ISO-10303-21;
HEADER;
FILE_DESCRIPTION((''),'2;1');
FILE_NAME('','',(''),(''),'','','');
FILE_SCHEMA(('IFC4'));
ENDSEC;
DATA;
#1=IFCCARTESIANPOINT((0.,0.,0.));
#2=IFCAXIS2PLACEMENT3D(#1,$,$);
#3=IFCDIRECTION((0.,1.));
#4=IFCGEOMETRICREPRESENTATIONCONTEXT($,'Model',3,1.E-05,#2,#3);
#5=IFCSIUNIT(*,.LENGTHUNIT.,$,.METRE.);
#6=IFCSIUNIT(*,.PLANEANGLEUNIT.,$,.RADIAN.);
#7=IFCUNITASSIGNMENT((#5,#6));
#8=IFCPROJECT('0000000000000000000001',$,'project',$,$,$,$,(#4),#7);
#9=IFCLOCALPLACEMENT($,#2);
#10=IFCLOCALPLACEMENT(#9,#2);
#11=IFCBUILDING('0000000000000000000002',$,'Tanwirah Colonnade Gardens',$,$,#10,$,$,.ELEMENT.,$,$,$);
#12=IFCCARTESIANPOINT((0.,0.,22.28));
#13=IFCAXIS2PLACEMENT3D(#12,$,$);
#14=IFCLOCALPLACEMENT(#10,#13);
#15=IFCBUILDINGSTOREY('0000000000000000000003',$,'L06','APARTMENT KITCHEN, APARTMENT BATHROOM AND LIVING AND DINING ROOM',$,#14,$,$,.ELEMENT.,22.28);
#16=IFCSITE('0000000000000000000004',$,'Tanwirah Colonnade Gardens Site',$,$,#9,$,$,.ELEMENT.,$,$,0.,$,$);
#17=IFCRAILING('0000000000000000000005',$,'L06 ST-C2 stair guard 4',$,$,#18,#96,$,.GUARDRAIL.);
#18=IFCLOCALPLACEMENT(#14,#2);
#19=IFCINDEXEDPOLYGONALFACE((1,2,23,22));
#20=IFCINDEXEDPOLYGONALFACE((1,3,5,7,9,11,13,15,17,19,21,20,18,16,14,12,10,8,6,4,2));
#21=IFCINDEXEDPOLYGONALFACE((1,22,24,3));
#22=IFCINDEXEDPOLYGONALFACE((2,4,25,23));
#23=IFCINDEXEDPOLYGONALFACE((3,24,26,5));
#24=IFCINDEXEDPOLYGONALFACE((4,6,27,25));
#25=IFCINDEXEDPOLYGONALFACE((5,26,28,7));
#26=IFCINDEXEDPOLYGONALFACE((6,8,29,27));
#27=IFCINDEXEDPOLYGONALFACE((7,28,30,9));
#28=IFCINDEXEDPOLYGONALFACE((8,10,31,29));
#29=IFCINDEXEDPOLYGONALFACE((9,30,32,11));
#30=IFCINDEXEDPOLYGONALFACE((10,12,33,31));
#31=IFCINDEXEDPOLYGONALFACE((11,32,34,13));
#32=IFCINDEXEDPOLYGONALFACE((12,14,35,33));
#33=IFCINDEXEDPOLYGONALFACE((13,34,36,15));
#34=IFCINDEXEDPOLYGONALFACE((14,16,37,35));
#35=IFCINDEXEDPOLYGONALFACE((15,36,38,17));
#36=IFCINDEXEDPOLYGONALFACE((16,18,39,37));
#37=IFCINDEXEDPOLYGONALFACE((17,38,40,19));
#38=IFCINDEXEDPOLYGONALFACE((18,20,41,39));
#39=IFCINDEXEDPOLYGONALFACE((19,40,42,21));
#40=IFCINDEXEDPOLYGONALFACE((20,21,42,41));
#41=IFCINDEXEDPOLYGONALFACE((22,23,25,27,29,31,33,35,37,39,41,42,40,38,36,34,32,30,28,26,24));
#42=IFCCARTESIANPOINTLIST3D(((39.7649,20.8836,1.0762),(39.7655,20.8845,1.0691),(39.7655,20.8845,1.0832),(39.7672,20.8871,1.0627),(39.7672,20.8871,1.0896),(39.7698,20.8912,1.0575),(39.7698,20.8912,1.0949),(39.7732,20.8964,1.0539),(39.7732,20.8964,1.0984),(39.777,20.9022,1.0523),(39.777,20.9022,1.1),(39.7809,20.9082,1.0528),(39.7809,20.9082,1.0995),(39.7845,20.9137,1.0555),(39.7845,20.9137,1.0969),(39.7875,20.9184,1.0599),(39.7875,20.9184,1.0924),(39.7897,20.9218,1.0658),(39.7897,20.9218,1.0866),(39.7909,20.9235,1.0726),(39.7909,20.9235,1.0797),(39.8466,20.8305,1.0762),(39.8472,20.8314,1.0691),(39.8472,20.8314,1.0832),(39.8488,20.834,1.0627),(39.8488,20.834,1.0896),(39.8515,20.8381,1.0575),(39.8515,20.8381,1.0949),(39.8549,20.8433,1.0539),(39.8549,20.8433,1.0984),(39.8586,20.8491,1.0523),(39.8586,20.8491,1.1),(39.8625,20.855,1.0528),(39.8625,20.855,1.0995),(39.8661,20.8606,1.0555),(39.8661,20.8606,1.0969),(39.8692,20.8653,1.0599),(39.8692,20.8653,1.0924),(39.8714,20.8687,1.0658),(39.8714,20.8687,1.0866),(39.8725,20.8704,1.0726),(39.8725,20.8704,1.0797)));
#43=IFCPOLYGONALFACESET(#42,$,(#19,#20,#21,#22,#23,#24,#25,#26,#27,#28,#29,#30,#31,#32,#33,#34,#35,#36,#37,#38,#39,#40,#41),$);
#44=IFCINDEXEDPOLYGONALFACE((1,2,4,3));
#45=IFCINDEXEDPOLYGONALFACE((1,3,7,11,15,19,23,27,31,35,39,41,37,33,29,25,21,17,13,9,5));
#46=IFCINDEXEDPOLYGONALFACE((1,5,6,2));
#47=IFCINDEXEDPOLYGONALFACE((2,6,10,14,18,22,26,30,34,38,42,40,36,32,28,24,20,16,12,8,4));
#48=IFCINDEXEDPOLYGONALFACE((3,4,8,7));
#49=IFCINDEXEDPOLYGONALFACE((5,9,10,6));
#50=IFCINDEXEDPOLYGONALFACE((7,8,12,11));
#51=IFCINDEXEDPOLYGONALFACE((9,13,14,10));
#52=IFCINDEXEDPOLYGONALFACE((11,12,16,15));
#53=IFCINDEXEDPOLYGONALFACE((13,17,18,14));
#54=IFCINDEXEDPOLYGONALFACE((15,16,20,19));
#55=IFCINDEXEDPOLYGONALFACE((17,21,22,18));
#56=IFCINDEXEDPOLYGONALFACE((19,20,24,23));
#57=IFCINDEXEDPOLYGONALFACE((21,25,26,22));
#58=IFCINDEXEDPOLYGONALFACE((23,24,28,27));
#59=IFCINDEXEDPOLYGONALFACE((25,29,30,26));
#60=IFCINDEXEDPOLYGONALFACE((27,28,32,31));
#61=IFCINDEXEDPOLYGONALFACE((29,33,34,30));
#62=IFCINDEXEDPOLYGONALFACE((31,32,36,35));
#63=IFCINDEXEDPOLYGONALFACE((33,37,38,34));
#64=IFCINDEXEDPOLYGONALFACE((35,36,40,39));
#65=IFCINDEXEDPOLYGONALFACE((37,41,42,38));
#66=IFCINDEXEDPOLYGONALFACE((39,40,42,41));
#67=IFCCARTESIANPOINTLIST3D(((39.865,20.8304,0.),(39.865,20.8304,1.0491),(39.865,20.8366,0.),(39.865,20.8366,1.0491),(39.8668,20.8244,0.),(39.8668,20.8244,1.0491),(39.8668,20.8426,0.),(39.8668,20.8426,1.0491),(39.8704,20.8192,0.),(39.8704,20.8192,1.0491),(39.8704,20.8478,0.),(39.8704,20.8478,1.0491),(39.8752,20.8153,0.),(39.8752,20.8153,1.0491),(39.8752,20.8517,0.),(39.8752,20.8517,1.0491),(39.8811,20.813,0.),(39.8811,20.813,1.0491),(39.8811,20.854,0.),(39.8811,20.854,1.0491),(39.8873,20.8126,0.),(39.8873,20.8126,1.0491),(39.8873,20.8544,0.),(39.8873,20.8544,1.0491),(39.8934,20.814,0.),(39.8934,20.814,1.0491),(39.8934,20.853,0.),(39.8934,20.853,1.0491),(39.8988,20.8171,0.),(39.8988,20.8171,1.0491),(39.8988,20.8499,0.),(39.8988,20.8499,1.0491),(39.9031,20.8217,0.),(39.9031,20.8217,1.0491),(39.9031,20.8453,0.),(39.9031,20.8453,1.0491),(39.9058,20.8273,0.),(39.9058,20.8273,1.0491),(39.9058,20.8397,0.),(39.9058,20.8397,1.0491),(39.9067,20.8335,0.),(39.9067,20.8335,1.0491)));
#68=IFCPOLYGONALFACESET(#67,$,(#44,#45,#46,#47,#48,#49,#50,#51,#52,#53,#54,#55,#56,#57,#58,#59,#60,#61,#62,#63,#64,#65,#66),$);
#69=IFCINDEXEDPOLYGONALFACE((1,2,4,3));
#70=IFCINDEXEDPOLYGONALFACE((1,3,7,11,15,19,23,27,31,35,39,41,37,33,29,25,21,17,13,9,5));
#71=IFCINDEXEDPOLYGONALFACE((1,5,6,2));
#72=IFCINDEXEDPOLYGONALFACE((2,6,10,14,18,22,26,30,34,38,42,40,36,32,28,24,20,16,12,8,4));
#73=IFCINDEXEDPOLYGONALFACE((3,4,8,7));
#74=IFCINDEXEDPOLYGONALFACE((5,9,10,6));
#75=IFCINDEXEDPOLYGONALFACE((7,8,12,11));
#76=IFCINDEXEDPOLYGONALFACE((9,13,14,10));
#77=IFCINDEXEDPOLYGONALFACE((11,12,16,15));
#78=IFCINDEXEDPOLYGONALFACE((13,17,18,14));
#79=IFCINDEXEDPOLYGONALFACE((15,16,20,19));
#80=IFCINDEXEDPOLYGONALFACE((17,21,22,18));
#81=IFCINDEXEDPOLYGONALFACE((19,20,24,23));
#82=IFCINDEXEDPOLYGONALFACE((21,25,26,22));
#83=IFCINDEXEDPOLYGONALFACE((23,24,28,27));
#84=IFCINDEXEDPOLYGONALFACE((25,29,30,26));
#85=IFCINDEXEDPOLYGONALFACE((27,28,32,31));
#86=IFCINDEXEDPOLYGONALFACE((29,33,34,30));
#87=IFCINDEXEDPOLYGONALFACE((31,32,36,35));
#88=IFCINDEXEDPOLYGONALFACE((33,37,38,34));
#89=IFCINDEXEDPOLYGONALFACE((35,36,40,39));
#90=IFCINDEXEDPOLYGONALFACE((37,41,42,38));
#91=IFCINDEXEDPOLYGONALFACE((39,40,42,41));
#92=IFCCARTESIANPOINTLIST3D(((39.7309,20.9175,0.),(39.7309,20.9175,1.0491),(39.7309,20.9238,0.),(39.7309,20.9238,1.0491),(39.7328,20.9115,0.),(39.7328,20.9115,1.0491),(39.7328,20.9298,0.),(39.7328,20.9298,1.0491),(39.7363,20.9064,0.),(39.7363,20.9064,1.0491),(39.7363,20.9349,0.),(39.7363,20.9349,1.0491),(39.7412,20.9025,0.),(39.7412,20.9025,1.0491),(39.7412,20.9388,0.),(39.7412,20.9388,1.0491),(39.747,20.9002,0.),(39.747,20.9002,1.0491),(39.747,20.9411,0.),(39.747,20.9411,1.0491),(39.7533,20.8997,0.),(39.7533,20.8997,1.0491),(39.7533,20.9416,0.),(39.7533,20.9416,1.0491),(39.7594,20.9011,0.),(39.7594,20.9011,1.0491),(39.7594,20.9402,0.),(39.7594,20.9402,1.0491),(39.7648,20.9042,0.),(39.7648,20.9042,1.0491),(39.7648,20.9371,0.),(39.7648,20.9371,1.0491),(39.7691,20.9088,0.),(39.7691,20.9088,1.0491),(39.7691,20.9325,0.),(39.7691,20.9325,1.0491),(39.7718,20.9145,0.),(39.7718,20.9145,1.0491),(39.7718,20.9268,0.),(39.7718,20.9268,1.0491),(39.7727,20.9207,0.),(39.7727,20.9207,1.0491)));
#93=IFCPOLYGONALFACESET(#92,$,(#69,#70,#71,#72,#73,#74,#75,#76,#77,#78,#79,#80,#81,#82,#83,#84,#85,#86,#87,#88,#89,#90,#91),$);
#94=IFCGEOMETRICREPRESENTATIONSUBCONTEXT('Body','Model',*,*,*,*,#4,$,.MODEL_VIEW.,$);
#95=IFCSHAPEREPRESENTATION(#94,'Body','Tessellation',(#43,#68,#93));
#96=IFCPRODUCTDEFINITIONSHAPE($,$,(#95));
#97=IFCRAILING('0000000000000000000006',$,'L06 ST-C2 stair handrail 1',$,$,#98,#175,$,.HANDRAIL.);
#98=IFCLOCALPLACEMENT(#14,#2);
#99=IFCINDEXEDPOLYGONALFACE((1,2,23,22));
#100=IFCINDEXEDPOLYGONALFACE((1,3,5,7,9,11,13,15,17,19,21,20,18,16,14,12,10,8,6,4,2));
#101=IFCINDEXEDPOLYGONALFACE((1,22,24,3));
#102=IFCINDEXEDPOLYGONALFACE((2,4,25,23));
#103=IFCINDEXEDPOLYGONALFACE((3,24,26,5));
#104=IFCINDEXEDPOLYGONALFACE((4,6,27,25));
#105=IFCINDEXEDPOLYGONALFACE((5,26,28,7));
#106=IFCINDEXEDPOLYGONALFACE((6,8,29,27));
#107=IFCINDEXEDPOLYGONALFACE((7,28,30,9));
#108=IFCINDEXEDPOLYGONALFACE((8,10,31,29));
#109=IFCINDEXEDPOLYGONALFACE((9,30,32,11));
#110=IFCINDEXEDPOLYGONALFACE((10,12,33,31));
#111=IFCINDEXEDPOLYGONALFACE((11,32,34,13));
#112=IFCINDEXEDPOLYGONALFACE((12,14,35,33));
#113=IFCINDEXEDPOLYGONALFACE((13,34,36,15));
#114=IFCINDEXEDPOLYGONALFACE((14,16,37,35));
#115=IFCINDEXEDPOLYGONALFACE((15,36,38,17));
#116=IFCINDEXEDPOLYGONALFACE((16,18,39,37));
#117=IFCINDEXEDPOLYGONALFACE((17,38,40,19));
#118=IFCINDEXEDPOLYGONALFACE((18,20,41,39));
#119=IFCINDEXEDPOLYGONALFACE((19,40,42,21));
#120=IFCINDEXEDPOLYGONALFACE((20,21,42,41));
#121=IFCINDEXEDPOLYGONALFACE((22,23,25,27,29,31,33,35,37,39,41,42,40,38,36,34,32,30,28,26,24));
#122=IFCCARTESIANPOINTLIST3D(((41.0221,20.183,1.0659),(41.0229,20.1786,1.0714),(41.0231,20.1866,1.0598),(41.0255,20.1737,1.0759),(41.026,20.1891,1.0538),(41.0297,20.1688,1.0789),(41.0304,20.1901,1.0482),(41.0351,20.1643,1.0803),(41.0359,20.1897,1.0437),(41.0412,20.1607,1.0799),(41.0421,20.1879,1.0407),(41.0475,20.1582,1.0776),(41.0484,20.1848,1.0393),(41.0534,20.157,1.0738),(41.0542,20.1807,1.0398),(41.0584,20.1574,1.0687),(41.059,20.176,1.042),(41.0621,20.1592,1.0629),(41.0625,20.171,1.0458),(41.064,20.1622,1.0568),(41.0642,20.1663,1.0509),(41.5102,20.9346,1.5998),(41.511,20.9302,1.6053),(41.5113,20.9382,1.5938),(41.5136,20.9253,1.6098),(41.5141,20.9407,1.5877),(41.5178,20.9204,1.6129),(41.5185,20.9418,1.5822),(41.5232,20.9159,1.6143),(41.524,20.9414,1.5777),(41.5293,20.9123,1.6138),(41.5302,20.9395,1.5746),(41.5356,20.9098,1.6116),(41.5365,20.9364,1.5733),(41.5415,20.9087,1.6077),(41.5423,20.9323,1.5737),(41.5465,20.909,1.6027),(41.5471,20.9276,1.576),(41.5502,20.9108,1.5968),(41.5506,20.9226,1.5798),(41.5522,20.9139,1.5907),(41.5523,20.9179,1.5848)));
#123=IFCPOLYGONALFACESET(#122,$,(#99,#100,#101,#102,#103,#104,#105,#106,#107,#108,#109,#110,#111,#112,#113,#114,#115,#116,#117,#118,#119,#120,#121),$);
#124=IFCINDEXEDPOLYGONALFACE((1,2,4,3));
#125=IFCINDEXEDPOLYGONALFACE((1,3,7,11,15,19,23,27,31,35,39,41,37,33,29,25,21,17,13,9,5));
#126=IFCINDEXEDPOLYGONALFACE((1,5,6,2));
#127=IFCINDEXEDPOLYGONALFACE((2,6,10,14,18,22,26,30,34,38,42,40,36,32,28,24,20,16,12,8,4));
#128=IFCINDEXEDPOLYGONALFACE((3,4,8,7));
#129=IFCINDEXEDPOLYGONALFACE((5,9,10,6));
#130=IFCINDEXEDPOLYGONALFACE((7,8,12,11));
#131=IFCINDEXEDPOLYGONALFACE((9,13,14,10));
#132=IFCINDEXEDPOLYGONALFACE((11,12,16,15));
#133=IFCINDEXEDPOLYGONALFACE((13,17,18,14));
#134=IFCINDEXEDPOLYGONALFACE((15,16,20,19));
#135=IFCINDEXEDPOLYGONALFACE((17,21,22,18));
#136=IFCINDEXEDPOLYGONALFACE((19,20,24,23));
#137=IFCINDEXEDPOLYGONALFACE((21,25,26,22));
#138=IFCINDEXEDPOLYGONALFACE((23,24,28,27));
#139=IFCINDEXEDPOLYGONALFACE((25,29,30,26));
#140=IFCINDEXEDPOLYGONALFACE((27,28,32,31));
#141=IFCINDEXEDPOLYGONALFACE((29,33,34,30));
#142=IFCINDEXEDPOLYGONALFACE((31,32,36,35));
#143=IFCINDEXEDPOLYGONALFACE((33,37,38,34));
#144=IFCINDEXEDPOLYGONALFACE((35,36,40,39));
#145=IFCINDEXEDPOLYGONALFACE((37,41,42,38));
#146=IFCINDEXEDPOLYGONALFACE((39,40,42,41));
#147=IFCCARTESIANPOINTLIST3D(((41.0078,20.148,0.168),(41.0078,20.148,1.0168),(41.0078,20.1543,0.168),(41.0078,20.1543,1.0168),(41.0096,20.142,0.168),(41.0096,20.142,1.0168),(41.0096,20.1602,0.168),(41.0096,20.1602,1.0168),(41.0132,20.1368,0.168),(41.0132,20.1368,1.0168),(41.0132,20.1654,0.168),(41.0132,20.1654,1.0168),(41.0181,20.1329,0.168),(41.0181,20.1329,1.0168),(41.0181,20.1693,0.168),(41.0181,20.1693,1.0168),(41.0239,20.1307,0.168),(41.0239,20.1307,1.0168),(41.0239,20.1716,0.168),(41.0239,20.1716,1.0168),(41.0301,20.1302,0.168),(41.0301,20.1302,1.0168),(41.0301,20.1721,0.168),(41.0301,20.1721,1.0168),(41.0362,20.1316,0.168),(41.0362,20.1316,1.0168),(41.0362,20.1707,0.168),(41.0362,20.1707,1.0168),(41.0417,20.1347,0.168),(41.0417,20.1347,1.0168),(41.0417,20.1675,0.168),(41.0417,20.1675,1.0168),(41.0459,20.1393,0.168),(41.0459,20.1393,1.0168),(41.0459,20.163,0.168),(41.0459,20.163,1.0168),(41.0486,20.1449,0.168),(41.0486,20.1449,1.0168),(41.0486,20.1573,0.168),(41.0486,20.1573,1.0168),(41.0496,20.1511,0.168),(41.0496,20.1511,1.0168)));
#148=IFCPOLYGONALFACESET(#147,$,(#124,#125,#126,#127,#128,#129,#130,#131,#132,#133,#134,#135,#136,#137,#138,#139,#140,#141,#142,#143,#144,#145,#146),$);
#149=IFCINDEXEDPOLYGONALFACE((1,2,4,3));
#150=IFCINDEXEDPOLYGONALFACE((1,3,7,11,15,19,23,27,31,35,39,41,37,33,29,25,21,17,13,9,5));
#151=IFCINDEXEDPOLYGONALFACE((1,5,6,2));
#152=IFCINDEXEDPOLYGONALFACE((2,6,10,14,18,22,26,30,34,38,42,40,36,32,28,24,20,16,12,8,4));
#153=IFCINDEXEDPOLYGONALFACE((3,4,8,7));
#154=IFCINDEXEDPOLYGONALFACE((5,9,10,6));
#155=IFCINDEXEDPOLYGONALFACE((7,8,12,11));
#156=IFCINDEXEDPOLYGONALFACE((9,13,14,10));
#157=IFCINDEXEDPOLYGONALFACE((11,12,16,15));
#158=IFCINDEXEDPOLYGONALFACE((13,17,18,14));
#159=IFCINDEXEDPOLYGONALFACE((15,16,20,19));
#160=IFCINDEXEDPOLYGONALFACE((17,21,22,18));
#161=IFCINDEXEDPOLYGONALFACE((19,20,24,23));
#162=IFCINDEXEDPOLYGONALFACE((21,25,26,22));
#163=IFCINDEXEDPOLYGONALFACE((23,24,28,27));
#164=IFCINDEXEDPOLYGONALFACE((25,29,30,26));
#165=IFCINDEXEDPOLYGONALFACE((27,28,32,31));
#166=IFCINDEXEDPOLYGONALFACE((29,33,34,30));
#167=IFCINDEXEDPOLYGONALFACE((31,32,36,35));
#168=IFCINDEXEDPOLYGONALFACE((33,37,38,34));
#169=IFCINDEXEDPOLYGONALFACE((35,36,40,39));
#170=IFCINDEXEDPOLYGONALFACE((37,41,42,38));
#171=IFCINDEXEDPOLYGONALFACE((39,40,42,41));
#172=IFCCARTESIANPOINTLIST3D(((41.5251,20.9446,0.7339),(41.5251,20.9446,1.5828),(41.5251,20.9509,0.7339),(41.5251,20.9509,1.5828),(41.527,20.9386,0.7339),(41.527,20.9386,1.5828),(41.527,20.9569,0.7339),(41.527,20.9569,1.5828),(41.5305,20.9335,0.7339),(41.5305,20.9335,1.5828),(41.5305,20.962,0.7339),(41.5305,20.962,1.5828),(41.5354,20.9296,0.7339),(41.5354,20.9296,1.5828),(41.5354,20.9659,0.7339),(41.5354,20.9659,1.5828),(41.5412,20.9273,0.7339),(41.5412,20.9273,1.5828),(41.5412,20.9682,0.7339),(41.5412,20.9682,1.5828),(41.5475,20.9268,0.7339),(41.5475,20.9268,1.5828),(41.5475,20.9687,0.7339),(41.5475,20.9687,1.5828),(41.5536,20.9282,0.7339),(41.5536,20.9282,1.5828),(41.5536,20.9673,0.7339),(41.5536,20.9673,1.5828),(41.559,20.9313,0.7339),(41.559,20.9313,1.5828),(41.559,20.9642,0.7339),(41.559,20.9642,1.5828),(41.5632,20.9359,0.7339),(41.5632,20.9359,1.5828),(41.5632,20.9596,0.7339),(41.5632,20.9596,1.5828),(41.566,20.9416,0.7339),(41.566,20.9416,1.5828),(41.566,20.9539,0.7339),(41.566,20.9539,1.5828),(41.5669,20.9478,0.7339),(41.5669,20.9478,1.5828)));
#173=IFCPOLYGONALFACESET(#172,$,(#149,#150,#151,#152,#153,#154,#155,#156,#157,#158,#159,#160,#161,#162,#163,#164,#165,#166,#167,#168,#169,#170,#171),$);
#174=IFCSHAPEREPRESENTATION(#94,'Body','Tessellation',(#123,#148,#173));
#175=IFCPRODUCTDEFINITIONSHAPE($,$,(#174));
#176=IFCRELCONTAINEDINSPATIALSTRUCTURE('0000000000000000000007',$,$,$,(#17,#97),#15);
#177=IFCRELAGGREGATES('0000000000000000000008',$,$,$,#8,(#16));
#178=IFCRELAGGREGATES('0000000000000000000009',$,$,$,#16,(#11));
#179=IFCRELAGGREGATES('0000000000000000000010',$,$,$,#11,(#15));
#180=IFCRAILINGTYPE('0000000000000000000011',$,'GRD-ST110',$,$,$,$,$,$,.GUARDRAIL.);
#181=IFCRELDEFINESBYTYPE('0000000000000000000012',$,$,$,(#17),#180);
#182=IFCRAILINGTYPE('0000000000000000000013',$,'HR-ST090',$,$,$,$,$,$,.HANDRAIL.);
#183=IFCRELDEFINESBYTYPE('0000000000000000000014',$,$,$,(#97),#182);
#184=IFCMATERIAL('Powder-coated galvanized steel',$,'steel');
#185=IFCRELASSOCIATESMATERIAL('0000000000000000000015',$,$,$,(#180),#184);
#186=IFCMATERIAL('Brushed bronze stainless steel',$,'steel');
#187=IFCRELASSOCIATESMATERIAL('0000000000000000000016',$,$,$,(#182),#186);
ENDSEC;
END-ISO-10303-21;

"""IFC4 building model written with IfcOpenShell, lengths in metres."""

from ifc_helpers import new_model, si_unit, direction, frame, origin, origin_2d, place, context, subcontext, project, spatial, circle, extrude, material, type_object, element, save


model = new_model("IFC4")

# Units and contexts
model_context = context("Model", 3, precision=1e-05, world=origin(), true_north=direction((0.0, 1.0)))
body_context = subcontext(model_context, "Body", "Model", "MODEL_VIEW")
ifc_project = project(units=[si_unit("LENGTHUNIT", "METRE"), si_unit("PLANEANGLEUNIT", "RADIAN")], contexts=[model_context])

# Site, building, storey
site_placement = place(None, origin())
site = spatial("IfcSite", under=ifc_project, at=site_placement, Name="Tanwirah Colonnade Gardens Site", CompositionType="ELEMENT", RefElevation=0.0)
building_placement = place(site_placement, origin())
building = spatial("IfcBuilding", under=site, at=building_placement, Name="Tanwirah Colonnade Gardens", CompositionType="ELEMENT")
storey_placement = place(building_placement, frame((0.0, 0.0, 22.28)))
storey = spatial("IfcBuildingStorey", under=building, at=storey_placement, Name="L06", Description="APARTMENT KITCHEN, APARTMENT BATHROOM AND LIVING AND DINING ROOM", CompositionType="ELEMENT", Elevation=22.28)

# Railings
ifc_material_1 = material(Name="Powder-coated galvanized steel", Category="steel")
railing_type_1 = type_object("IfcRailingType", Name="GRD-ST110", PredefinedType="GUARDRAIL", material=ifc_material_1)
railing_1_placement = place(storey_placement, frame((39.8857, 20.8335, 0.0)))
element("IfcRailing", 1, at=railing_1_placement, inside=storey, type_object=railing_type_1, Name="L06 ST-C2 stair guard 4", PredefinedType="GUARDRAIL", context=body_context, shape_type="SweptSolid", body=[
    extrude(circle(Radius=0.0239, at=origin_2d()), frame((-0.0261, 0.0171, 1.0762), z_axis=(-0.838339, 0.545149, 0.0), x_axis=(-0.545149, -0.838339, 0.0)), (0.0, 0.0, 1.0), 0.0974),
    extrude(circle(Radius=0.021, at=origin_2d()), origin(), (0.0, 0.0, 1.0), 1.0491),
    extrude(circle(Radius=0.021, at=origin_2d()), frame((-0.134, 0.0872, 0.0)), (0.0, 0.0, 1.0), 1.0491),
])
ifc_material_2 = material(Name="Brushed bronze stainless steel", Category="steel")
railing_type_2 = type_object("IfcRailingType", Name="HR-ST090", PredefinedType="HANDRAIL", material=ifc_material_2)
railing_2_placement = place(storey_placement, frame((41.0286, 20.1511, 0.168)))
element("IfcRailing", 2, at=railing_2_placement, inside=storey, type_object=railing_type_2, Name="L06 ST-C2 stair handrail 1", PredefinedType="HANDRAIL", context=body_context, shape_type="SweptSolid", body=[
    extrude(circle(Radius=0.0239, at=origin_2d()), frame((0.0146, 0.0225, 0.8918), z_axis=(0.46789, 0.720492, 0.51183), x_axis=(-0.838673, 0.544636, 0.0)), (0.0, 0.0, 1.0), 1.0432),
    extrude(circle(Radius=0.021, at=origin_2d()), origin(), (0.0, 0.0, 1.0), 0.8489),
    extrude(circle(Radius=0.021, at=origin_2d()), frame((0.5173, 0.7966, 0.5659)), (0.0, 0.0, 1.0), 0.8489),
])

save(model, "model.ifc")
